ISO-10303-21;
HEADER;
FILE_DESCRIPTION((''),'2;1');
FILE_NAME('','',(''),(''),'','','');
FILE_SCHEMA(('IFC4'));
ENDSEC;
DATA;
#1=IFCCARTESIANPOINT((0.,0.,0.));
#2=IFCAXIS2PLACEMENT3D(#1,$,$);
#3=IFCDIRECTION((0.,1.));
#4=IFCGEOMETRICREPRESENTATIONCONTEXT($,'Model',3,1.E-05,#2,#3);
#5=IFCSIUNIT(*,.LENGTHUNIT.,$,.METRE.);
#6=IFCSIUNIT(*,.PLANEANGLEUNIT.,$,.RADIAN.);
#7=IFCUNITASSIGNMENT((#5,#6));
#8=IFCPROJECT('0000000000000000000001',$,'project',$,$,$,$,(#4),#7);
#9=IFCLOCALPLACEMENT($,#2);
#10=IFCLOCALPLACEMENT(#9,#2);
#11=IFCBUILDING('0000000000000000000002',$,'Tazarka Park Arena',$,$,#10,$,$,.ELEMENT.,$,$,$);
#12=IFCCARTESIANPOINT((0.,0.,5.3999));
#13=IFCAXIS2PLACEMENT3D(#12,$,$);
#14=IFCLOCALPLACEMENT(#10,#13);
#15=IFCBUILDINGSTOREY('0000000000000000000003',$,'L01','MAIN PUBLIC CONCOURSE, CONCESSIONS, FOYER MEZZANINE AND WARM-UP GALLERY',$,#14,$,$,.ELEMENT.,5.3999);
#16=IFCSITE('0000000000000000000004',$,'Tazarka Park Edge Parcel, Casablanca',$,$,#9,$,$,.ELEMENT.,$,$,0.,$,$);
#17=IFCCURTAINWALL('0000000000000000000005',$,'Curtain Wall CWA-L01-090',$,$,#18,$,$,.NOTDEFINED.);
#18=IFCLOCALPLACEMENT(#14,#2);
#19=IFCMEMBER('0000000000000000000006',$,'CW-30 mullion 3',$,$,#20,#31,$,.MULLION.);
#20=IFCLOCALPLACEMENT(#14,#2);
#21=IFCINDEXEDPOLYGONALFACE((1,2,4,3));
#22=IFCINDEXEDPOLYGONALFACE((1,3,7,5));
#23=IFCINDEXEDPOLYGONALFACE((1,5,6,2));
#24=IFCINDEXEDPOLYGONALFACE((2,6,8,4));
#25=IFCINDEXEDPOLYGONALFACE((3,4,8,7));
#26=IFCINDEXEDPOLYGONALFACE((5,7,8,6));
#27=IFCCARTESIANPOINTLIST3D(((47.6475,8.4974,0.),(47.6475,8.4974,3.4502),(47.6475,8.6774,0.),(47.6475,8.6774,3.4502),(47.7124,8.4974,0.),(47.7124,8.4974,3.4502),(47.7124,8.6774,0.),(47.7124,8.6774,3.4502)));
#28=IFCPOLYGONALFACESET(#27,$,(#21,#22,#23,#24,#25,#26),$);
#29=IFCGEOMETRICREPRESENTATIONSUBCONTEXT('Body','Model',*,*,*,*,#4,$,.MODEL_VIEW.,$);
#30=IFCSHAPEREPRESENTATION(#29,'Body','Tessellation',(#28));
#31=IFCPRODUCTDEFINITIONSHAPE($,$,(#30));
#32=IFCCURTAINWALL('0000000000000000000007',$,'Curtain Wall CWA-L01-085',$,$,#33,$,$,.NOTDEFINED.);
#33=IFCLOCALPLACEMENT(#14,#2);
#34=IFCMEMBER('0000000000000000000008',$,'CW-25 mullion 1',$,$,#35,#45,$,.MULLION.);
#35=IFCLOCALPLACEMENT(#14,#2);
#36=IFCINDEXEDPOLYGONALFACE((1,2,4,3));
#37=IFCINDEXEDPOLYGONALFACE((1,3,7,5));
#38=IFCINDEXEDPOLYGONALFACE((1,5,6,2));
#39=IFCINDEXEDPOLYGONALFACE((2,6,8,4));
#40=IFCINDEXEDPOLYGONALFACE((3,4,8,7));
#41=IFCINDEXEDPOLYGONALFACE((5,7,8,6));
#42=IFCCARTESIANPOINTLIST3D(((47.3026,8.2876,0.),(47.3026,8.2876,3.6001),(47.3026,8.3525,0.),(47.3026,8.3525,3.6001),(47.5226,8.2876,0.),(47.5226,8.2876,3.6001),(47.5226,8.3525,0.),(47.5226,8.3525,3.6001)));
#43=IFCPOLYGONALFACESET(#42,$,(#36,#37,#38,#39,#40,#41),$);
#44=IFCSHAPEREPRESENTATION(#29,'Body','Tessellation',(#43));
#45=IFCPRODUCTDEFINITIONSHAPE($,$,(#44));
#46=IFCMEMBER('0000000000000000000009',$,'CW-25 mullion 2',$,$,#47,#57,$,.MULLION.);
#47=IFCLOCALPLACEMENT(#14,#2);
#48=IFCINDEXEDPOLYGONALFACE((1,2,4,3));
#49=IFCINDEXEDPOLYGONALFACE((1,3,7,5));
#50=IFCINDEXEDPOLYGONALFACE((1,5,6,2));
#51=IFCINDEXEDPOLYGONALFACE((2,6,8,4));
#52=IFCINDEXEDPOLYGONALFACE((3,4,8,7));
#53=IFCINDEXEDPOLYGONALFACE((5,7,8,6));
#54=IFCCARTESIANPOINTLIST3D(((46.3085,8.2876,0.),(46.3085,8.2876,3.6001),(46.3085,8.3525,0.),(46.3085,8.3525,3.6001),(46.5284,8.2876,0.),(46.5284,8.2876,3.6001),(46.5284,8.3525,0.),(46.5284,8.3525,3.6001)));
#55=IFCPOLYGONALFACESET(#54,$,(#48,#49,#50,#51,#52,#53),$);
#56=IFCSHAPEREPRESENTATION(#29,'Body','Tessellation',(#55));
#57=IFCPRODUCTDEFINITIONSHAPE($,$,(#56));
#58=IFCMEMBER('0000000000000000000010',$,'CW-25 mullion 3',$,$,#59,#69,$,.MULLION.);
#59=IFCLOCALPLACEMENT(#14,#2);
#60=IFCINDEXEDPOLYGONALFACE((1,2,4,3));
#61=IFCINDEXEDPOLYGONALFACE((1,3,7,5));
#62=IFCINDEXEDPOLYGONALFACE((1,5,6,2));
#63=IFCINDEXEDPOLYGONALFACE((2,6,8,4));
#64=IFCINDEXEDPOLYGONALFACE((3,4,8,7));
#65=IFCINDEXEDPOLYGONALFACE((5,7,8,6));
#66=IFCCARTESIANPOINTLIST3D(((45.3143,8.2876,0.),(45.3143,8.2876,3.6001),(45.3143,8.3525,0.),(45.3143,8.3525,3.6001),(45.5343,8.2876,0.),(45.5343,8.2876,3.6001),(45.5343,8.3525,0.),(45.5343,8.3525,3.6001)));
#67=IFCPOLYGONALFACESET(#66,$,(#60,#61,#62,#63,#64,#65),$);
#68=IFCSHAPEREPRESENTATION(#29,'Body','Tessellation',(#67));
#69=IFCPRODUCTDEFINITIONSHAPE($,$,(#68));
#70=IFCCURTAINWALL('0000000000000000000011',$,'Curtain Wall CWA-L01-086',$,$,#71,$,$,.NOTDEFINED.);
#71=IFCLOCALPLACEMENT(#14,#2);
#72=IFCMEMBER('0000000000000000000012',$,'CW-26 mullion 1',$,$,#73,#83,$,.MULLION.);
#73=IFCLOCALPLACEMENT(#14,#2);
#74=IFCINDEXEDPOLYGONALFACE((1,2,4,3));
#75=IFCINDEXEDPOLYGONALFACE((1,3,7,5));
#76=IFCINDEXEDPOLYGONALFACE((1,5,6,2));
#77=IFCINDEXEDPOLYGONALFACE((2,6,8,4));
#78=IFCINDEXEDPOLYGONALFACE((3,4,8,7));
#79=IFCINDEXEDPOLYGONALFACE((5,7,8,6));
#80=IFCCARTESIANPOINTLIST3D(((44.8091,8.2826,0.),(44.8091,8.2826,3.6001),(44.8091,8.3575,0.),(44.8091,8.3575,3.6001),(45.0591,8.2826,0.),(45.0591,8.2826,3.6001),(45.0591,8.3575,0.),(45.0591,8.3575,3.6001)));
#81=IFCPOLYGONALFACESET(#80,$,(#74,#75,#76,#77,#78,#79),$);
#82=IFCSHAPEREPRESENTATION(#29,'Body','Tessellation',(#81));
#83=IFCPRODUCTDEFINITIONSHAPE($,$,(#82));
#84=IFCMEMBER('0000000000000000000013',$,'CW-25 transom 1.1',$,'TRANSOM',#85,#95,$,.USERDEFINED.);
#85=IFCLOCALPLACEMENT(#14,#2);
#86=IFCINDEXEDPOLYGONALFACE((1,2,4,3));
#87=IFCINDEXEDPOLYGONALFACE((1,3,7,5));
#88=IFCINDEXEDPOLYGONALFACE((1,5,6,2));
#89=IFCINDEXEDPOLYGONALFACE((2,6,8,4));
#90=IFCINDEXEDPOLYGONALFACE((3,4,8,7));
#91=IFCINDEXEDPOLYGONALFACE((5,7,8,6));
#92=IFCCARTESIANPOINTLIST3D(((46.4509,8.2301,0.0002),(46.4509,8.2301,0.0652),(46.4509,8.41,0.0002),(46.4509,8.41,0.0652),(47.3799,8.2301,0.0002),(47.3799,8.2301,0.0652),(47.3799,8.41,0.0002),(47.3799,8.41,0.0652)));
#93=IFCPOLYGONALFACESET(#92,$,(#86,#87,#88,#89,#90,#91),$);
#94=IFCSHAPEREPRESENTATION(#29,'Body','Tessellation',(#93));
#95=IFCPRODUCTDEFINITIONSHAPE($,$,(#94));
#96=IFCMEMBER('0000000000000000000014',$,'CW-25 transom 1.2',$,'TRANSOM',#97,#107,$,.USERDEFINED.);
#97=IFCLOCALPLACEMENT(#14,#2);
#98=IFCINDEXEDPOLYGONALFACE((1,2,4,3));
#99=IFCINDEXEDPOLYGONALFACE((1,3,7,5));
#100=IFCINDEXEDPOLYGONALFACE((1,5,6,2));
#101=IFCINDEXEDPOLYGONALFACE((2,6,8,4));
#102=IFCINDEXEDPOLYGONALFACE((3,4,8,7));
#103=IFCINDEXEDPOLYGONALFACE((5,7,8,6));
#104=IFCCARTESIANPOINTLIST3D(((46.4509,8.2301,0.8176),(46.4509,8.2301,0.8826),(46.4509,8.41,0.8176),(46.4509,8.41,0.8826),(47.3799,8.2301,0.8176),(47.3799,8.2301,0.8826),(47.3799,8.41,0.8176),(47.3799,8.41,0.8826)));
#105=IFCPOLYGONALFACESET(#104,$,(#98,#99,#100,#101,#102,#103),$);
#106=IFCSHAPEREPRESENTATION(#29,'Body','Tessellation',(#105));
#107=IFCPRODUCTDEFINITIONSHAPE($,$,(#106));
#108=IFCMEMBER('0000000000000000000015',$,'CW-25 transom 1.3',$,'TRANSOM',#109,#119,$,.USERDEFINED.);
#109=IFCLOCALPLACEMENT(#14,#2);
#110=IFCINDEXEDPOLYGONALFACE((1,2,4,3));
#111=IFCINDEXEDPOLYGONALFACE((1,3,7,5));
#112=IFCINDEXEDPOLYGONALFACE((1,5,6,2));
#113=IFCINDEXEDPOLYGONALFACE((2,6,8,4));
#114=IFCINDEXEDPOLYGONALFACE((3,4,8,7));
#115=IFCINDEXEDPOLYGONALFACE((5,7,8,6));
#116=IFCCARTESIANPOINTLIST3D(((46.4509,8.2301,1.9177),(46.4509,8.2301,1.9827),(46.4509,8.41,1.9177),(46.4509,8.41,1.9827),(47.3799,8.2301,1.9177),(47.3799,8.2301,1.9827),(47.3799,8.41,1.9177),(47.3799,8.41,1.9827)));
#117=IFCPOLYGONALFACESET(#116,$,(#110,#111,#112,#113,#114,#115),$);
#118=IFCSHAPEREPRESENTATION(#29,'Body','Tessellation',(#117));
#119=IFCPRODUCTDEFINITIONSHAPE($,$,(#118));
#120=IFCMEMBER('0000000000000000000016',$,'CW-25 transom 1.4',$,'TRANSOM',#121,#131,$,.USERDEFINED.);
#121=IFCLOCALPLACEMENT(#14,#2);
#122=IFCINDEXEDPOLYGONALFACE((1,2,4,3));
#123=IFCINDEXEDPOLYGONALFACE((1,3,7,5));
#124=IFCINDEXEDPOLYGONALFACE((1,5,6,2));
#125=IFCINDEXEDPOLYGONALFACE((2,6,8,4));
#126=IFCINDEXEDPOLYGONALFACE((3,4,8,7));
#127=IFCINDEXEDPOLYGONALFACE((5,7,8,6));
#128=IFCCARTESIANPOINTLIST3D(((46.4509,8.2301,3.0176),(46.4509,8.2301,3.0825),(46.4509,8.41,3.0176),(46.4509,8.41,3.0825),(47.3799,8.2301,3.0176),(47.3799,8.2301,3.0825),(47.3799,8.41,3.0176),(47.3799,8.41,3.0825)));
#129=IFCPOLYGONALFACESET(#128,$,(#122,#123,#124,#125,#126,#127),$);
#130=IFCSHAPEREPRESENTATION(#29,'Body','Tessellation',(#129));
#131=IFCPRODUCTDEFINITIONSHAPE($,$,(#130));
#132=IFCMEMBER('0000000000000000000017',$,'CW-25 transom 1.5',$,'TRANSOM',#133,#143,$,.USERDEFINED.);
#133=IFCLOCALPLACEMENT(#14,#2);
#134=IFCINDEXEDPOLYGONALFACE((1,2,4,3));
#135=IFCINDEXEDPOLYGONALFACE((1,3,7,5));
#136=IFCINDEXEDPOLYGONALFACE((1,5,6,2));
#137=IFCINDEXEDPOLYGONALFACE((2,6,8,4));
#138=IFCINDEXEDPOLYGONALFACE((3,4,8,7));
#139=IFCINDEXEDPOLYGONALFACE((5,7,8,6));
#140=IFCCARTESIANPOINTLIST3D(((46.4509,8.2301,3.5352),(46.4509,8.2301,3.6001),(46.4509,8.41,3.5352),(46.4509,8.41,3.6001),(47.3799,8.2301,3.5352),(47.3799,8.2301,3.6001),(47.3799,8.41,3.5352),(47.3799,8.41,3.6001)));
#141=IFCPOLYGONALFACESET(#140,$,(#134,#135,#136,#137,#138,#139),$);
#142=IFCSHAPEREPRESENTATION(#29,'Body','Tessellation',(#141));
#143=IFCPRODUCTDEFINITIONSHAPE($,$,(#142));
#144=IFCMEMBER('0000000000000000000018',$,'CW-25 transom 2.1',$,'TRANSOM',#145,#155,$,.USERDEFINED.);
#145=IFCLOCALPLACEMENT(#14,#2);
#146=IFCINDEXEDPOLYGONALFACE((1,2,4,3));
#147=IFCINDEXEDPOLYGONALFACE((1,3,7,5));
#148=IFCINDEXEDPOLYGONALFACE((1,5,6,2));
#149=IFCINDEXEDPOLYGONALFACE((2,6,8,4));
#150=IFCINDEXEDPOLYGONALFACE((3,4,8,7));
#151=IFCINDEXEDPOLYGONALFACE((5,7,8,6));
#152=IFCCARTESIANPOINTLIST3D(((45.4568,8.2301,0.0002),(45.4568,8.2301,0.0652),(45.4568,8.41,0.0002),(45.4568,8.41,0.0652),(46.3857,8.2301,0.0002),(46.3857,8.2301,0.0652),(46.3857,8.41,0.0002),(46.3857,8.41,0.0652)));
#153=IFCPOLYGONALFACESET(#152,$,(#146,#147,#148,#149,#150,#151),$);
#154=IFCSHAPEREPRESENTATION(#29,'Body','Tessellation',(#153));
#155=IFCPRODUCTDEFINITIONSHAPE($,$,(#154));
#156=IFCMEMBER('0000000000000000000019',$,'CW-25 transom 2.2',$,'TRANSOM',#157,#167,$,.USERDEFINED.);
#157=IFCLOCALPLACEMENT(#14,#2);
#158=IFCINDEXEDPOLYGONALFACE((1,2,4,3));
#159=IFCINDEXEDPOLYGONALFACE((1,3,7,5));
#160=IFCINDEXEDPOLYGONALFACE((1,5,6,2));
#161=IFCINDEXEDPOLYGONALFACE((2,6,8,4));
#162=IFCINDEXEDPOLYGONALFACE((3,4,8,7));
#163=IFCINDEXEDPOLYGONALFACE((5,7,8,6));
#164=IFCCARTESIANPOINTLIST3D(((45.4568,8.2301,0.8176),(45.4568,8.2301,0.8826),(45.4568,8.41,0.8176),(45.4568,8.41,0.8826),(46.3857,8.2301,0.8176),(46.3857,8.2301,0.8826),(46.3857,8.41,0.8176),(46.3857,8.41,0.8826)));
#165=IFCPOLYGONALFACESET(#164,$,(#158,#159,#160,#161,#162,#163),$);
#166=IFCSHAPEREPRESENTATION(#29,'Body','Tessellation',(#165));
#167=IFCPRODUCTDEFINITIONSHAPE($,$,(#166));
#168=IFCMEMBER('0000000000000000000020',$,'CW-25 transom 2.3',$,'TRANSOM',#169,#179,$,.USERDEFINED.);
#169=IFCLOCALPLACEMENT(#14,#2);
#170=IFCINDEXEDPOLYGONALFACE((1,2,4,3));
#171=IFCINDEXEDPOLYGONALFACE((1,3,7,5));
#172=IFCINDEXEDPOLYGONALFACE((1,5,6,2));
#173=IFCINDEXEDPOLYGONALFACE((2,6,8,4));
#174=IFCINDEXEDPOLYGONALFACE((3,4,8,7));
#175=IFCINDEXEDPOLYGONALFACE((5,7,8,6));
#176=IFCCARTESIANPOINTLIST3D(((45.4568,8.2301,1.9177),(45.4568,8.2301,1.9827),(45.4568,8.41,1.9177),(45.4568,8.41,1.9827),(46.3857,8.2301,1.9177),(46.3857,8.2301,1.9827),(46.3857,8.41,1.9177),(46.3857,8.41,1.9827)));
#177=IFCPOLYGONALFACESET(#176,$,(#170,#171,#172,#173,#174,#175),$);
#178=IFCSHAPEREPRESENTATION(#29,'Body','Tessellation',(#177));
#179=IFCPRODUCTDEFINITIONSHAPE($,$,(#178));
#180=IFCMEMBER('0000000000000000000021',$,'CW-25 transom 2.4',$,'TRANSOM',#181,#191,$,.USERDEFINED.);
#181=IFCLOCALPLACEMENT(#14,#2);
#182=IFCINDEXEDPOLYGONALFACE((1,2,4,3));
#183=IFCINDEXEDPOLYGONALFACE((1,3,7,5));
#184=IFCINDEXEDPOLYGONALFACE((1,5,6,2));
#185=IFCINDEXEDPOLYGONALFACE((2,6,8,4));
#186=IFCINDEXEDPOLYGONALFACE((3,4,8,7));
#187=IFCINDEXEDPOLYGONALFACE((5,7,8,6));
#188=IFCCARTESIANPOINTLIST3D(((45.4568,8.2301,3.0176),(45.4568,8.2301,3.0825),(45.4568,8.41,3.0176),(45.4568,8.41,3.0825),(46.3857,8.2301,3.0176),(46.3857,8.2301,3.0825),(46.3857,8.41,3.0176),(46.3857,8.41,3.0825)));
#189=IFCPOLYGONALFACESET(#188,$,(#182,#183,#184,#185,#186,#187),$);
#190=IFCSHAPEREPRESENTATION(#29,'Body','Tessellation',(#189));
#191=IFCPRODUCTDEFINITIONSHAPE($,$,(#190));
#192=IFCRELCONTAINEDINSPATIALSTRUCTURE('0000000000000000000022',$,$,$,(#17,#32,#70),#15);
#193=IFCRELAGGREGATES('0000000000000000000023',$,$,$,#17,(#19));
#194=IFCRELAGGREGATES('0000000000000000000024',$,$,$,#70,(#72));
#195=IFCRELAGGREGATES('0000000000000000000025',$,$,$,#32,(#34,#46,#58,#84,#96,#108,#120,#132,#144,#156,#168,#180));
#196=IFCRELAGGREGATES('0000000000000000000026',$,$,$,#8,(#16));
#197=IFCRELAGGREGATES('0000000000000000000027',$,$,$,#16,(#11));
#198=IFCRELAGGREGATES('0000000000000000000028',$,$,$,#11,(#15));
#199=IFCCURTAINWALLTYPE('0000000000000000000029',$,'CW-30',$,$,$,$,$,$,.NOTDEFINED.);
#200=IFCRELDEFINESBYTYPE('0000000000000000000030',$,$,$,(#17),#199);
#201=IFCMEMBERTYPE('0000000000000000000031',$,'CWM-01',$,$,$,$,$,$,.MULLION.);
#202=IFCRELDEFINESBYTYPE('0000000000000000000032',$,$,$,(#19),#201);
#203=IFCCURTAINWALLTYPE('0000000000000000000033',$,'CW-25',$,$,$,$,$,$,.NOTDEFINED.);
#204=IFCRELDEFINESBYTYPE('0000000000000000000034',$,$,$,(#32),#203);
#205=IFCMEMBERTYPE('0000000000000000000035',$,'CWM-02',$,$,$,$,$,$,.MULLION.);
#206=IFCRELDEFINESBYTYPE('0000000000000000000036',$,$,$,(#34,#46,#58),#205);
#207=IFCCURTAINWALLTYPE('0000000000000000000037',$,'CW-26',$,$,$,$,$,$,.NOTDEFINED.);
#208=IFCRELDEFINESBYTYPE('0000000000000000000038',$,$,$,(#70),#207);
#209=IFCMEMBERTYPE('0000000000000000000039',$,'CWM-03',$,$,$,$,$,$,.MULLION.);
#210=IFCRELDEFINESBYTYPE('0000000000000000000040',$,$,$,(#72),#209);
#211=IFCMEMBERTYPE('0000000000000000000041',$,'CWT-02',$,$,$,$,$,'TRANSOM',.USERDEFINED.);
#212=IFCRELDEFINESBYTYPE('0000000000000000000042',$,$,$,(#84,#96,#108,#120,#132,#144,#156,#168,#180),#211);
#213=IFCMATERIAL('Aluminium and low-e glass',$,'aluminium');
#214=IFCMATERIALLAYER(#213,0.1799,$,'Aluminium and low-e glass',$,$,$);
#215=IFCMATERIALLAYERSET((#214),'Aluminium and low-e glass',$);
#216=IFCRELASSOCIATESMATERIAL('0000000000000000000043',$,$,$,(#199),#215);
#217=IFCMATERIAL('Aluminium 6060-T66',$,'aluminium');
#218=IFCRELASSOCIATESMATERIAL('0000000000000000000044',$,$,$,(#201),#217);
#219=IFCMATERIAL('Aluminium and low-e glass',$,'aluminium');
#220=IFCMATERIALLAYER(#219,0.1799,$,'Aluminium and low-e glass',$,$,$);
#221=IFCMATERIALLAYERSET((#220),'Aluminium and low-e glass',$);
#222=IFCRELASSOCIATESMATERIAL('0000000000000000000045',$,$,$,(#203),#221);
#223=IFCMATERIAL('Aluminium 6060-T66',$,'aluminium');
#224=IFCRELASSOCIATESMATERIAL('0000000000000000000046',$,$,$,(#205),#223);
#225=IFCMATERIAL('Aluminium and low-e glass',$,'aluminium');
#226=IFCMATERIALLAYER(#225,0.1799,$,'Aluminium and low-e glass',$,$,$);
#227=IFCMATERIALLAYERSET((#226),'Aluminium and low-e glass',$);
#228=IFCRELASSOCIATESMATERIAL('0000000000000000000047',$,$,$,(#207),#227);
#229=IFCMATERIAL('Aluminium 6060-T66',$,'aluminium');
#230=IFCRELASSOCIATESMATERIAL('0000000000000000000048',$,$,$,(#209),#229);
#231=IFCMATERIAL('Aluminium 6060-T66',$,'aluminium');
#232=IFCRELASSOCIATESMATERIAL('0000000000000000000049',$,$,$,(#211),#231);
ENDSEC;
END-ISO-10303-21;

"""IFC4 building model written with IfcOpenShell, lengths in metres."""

from ifc_helpers import new_model, si_unit, direction, frame, origin, origin_2d, place, context, subcontext, project, spatial, rectangle, extrude, material, layer, layer_set, material_profile, profile_set, type_object, element, aggregate, save


model = new_model("IFC4")

# Units and contexts
model_context = context("Model", 3, precision=1e-05, world=origin(), true_north=direction((0.0, 1.0)))
body_context = subcontext(model_context, "Body", "Model", "MODEL_VIEW")
ifc_project = project(units=[si_unit("LENGTHUNIT", "METRE"), si_unit("PLANEANGLEUNIT", "RADIAN")], contexts=[model_context])

# Site, building, storey
site_placement = place(None, origin())
site = spatial("IfcSite", under=ifc_project, at=site_placement, Name="Tazarka Park Edge Parcel, Casablanca", CompositionType="ELEMENT", RefElevation=0.0)
building_placement = place(site_placement, origin())
building = spatial("IfcBuilding", under=site, at=building_placement, Name="Tazarka Park Arena", CompositionType="ELEMENT")
storey_placement = place(building_placement, frame((0.0, 0.0, 5.3999)))
storey = spatial("IfcBuildingStorey", under=building, at=storey_placement, Name="L01", Description="MAIN PUBLIC CONCOURSE, CONCESSIONS, FOYER MEZZANINE AND WARM-UP GALLERY", CompositionType="ELEMENT", Elevation=5.3999)

# Curtain wall, member
ifc_material_1 = material(Name="Aluminium and low-e glass", Category="aluminium")
ifc_layer_1 = layer(ifc_material_1, 0.1799, Name="Aluminium and low-e glass")
ifc_layer_set_1 = layer_set([ifc_layer_1], Name="Aluminium and low-e glass")
curtain_wall_type_1 = type_object("IfcCurtainWallType", Name="CW-30", PredefinedType="NOTDEFINED", material=ifc_layer_set_1)
curtain_wall_1_placement = place(storey_placement, origin())
curtain_wall_1 = element("IfcCurtainWall", 1, at=curtain_wall_1_placement, inside=storey, type_object=curtain_wall_type_1, Name="Curtain Wall CWA-L01-090", PredefinedType="NOTDEFINED")
ifc_material_2 = material(Name="Aluminium 6060-T66", Category="aluminium")
ifc_material_profile_1 = material_profile(ifc_material_2, rectangle(XDim=0.0649, YDim=0.1799, at=origin_2d()), Name="Aluminium 6060-T66")
ifc_profile_set_1 = profile_set([ifc_material_profile_1], Name="Aluminium 6060-T66")
member_type_1 = type_object("IfcMemberType", Name="CWM-01", PredefinedType="MULLION", material=ifc_profile_set_1)
member_1_placement = place(storey_placement, frame((47.6799, 8.5874, 0.0), z_axis=(0.0, 0.0, 1.0), x_axis=(1.0, 0.0, 0.0)))
member_1 = element("IfcMember", 2, at=member_1_placement, type_object=member_type_1, Name="CW-30 mullion 3", PredefinedType="MULLION", context=body_context, shape_type="SweptSolid", body=[
    extrude(rectangle(XDim=0.0649, YDim=0.1799, at=origin_2d()), origin(), (0.0, 0.0, 1.0), 3.4502),
])
aggregate(curtain_wall_1, [member_1])

# Curtain wall, members
ifc_material_3 = material(Name="Aluminium and low-e glass", Category="aluminium")
ifc_layer_2 = layer(ifc_material_3, 0.1799, Name="Aluminium and low-e glass")
ifc_layer_set_2 = layer_set([ifc_layer_2], Name="Aluminium and low-e glass")
curtain_wall_type_2 = type_object("IfcCurtainWallType", Name="CW-25", PredefinedType="NOTDEFINED", material=ifc_layer_set_2)
curtain_wall_2_placement = place(storey_placement, origin())
curtain_wall_2 = element("IfcCurtainWall", 3, at=curtain_wall_2_placement, inside=storey, type_object=curtain_wall_type_2, Name="Curtain Wall CWA-L01-085", PredefinedType="NOTDEFINED")
ifc_material_4 = material(Name="Aluminium 6060-T66", Category="aluminium")
ifc_material_profile_2 = material_profile(ifc_material_4, rectangle(XDim=0.0649, YDim=0.22, at=origin_2d()), Name="Aluminium 6060-T66")
ifc_profile_set_2 = profile_set([ifc_material_profile_2], Name="Aluminium 6060-T66")
member_type_2 = type_object("IfcMemberType", Name="CWM-02", PredefinedType="MULLION", material=ifc_profile_set_2)
member_2_placement = place(storey_placement, frame((47.4126, 8.3201, 0.0), z_axis=(0.0, 0.0, 1.0), x_axis=(0.0, -1.0, 0.0)))
member_2 = element("IfcMember", 4, at=member_2_placement, type_object=member_type_2, Name="CW-25 mullion 1", PredefinedType="MULLION", context=body_context, shape_type="SweptSolid", body=[
    extrude(rectangle(XDim=0.0649, YDim=0.22, at=origin_2d()), origin(), (0.0, 0.0, 1.0), 3.6001),
])
member_3_placement = place(storey_placement, frame((46.4185, 8.3201, 0.0), z_axis=(0.0, 0.0, 1.0), x_axis=(0.0, -1.0, 0.0)))
member_3 = element("IfcMember", 5, at=member_3_placement, type_object=member_type_2, Name="CW-25 mullion 2", PredefinedType="MULLION", context=body_context, shape_type="SweptSolid", body=[
    extrude(rectangle(XDim=0.0649, YDim=0.22, at=origin_2d()), origin(), (0.0, 0.0, 1.0), 3.6001),
])
member_4_placement = place(storey_placement, frame((45.4243, 8.3201, 0.0), z_axis=(0.0, 0.0, 1.0), x_axis=(0.0, -1.0, 0.0)))
member_4 = element("IfcMember", 6, at=member_4_placement, type_object=member_type_2, Name="CW-25 mullion 3", PredefinedType="MULLION", context=body_context, shape_type="SweptSolid", body=[
    extrude(rectangle(XDim=0.0649, YDim=0.22, at=origin_2d()), origin(), (0.0, 0.0, 1.0), 3.6001),
])

# Curtain wall, member
ifc_material_5 = material(Name="Aluminium and low-e glass", Category="aluminium")
ifc_layer_3 = layer(ifc_material_5, 0.1799, Name="Aluminium and low-e glass")
ifc_layer_set_3 = layer_set([ifc_layer_3], Name="Aluminium and low-e glass")
curtain_wall_type_3 = type_object("IfcCurtainWallType", Name="CW-26", PredefinedType="NOTDEFINED", material=ifc_layer_set_3)
curtain_wall_3_placement = place(storey_placement, origin())
curtain_wall_3 = element("IfcCurtainWall", 7, at=curtain_wall_3_placement, inside=storey, type_object=curtain_wall_type_3, Name="Curtain Wall CWA-L01-086", PredefinedType="NOTDEFINED")
ifc_material_6 = material(Name="Aluminium 6060-T66", Category="aluminium")
ifc_material_profile_3 = material_profile(ifc_material_6, rectangle(XDim=0.075, YDim=0.25, at=origin_2d()), Name="Aluminium 6060-T66")
ifc_profile_set_3 = profile_set([ifc_material_profile_3], Name="Aluminium 6060-T66")
member_type_3 = type_object("IfcMemberType", Name="CWM-03", PredefinedType="MULLION", material=ifc_profile_set_3)
member_5_placement = place(storey_placement, frame((44.9341, 8.3201, 0.0), z_axis=(0.0, 0.0, 1.0), x_axis=(0.0, -1.0, 0.0)))
member_5 = element("IfcMember", 8, at=member_5_placement, type_object=member_type_3, Name="CW-26 mullion 1", PredefinedType="MULLION", context=body_context, shape_type="SweptSolid", body=[
    extrude(rectangle(XDim=0.075, YDim=0.25, at=origin_2d()), origin(), (0.0, 0.0, 1.0), 3.6001),
])

# Members
ifc_material_7 = material(Name="Aluminium 6060-T66", Category="aluminium")
ifc_material_profile_4 = material_profile(ifc_material_7, rectangle(XDim=0.1799, YDim=0.0649, at=origin_2d()), Name="Aluminium 6060-T66")
ifc_profile_set_4 = profile_set([ifc_material_profile_4], Name="Aluminium 6060-T66")
member_type_4 = type_object("IfcMemberType", Name="CWT-02", ElementType="TRANSOM", PredefinedType="USERDEFINED", material=ifc_profile_set_4)
member_6_placement = place(storey_placement, frame((47.3799, 8.3201, 0.0327), z_axis=(-1.0, 0.0, 0.0), x_axis=(0.0, -1.0, 0.0)))
member_6 = element("IfcMember", 9, at=member_6_placement, type_object=member_type_4, Name="CW-25 transom 1.1", ObjectType="TRANSOM", PredefinedType="USERDEFINED", context=body_context, shape_type="SweptSolid", body=[
    extrude(rectangle(XDim=0.1799, YDim=0.0649, at=origin_2d()), origin(), (0.0, 0.0, 1.0), 0.929),
])
member_7_placement = place(storey_placement, frame((47.3799, 8.3201, 0.8501), z_axis=(-1.0, 0.0, 0.0), x_axis=(0.0, -1.0, 0.0)))
member_7 = element("IfcMember", 10, at=member_7_placement, type_object=member_type_4, Name="CW-25 transom 1.2", ObjectType="TRANSOM", PredefinedType="USERDEFINED", context=body_context, shape_type="SweptSolid", body=[
    extrude(rectangle(XDim=0.1799, YDim=0.0649, at=origin_2d()), origin(), (0.0, 0.0, 1.0), 0.929),
])
member_8_placement = place(storey_placement, frame((47.3799, 8.3201, 1.9502), z_axis=(-1.0, 0.0, 0.0), x_axis=(0.0, -1.0, 0.0)))
member_8 = element("IfcMember", 11, at=member_8_placement, type_object=member_type_4, Name="CW-25 transom 1.3", ObjectType="TRANSOM", PredefinedType="USERDEFINED", context=body_context, shape_type="SweptSolid", body=[
    extrude(rectangle(XDim=0.1799, YDim=0.0649, at=origin_2d()), origin(), (0.0, 0.0, 1.0), 0.929),
])
member_9_placement = place(storey_placement, frame((47.3799, 8.3201, 3.05), z_axis=(-1.0, 0.0, 0.0), x_axis=(0.0, -1.0, 0.0)))
member_9 = element("IfcMember", 12, at=member_9_placement, type_object=member_type_4, Name="CW-25 transom 1.4", ObjectType="TRANSOM", PredefinedType="USERDEFINED", context=body_context, shape_type="SweptSolid", body=[
    extrude(rectangle(XDim=0.1799, YDim=0.0649, at=origin_2d()), origin(), (0.0, 0.0, 1.0), 0.929),
])
member_10_placement = place(storey_placement, frame((47.3799, 8.3201, 3.5676), z_axis=(-1.0, 0.0, 0.0), x_axis=(0.0, -1.0, 0.0)))
member_10 = element("IfcMember", 13, at=member_10_placement, type_object=member_type_4, Name="CW-25 transom 1.5", ObjectType="TRANSOM", PredefinedType="USERDEFINED", context=body_context, shape_type="SweptSolid", body=[
    extrude(rectangle(XDim=0.1799, YDim=0.0649, at=origin_2d()), origin(), (0.0, 0.0, 1.0), 0.929),
])
member_11_placement = place(storey_placement, frame((46.3857, 8.3201, 0.0327), z_axis=(-1.0, 0.0, 0.0), x_axis=(0.0, -1.0, 0.0)))
member_11 = element("IfcMember", 14, at=member_11_placement, type_object=member_type_4, Name="CW-25 transom 2.1", ObjectType="TRANSOM", PredefinedType="USERDEFINED", context=body_context, shape_type="SweptSolid", body=[
    extrude(rectangle(XDim=0.1799, YDim=0.0649, at=origin_2d()), origin(), (0.0, 0.0, 1.0), 0.929),
])
member_12_placement = place(storey_placement, frame((46.3857, 8.3201, 0.8501), z_axis=(-1.0, 0.0, 0.0), x_axis=(0.0, -1.0, 0.0)))
member_12 = element("IfcMember", 15, at=member_12_placement, type_object=member_type_4, Name="CW-25 transom 2.2", ObjectType="TRANSOM", PredefinedType="USERDEFINED", context=body_context, shape_type="SweptSolid", body=[
    extrude(rectangle(XDim=0.1799, YDim=0.0649, at=origin_2d()), origin(), (0.0, 0.0, 1.0), 0.929),
])
member_13_placement = place(storey_placement, frame((46.3857, 8.3201, 1.9502), z_axis=(-1.0, 0.0, 0.0), x_axis=(0.0, -1.0, 0.0)))
member_13 = element("IfcMember", 16, at=member_13_placement, type_object=member_type_4, Name="CW-25 transom 2.3", ObjectType="TRANSOM", PredefinedType="USERDEFINED", context=body_context, shape_type="SweptSolid", body=[
    extrude(rectangle(XDim=0.1799, YDim=0.0649, at=origin_2d()), origin(), (0.0, 0.0, 1.0), 0.929),
])
member_14_placement = place(storey_placement, frame((46.3857, 8.3201, 3.05), z_axis=(-1.0, 0.0, 0.0), x_axis=(0.0, -1.0, 0.0)))
member_14 = element("IfcMember", 17, at=member_14_placement, type_object=member_type_4, Name="CW-25 transom 2.4", ObjectType="TRANSOM", PredefinedType="USERDEFINED", context=body_context, shape_type="SweptSolid", body=[
    extrude(rectangle(XDim=0.1799, YDim=0.0649, at=origin_2d()), origin(), (0.0, 0.0, 1.0), 0.929),
])
aggregate(curtain_wall_3, [member_5])

aggregate(curtain_wall_2, [member_2, member_3, member_4, member_6, member_7, member_8, member_9, member_10, member_11, member_12, member_13, member_14])

save(model, "model.ifc")
